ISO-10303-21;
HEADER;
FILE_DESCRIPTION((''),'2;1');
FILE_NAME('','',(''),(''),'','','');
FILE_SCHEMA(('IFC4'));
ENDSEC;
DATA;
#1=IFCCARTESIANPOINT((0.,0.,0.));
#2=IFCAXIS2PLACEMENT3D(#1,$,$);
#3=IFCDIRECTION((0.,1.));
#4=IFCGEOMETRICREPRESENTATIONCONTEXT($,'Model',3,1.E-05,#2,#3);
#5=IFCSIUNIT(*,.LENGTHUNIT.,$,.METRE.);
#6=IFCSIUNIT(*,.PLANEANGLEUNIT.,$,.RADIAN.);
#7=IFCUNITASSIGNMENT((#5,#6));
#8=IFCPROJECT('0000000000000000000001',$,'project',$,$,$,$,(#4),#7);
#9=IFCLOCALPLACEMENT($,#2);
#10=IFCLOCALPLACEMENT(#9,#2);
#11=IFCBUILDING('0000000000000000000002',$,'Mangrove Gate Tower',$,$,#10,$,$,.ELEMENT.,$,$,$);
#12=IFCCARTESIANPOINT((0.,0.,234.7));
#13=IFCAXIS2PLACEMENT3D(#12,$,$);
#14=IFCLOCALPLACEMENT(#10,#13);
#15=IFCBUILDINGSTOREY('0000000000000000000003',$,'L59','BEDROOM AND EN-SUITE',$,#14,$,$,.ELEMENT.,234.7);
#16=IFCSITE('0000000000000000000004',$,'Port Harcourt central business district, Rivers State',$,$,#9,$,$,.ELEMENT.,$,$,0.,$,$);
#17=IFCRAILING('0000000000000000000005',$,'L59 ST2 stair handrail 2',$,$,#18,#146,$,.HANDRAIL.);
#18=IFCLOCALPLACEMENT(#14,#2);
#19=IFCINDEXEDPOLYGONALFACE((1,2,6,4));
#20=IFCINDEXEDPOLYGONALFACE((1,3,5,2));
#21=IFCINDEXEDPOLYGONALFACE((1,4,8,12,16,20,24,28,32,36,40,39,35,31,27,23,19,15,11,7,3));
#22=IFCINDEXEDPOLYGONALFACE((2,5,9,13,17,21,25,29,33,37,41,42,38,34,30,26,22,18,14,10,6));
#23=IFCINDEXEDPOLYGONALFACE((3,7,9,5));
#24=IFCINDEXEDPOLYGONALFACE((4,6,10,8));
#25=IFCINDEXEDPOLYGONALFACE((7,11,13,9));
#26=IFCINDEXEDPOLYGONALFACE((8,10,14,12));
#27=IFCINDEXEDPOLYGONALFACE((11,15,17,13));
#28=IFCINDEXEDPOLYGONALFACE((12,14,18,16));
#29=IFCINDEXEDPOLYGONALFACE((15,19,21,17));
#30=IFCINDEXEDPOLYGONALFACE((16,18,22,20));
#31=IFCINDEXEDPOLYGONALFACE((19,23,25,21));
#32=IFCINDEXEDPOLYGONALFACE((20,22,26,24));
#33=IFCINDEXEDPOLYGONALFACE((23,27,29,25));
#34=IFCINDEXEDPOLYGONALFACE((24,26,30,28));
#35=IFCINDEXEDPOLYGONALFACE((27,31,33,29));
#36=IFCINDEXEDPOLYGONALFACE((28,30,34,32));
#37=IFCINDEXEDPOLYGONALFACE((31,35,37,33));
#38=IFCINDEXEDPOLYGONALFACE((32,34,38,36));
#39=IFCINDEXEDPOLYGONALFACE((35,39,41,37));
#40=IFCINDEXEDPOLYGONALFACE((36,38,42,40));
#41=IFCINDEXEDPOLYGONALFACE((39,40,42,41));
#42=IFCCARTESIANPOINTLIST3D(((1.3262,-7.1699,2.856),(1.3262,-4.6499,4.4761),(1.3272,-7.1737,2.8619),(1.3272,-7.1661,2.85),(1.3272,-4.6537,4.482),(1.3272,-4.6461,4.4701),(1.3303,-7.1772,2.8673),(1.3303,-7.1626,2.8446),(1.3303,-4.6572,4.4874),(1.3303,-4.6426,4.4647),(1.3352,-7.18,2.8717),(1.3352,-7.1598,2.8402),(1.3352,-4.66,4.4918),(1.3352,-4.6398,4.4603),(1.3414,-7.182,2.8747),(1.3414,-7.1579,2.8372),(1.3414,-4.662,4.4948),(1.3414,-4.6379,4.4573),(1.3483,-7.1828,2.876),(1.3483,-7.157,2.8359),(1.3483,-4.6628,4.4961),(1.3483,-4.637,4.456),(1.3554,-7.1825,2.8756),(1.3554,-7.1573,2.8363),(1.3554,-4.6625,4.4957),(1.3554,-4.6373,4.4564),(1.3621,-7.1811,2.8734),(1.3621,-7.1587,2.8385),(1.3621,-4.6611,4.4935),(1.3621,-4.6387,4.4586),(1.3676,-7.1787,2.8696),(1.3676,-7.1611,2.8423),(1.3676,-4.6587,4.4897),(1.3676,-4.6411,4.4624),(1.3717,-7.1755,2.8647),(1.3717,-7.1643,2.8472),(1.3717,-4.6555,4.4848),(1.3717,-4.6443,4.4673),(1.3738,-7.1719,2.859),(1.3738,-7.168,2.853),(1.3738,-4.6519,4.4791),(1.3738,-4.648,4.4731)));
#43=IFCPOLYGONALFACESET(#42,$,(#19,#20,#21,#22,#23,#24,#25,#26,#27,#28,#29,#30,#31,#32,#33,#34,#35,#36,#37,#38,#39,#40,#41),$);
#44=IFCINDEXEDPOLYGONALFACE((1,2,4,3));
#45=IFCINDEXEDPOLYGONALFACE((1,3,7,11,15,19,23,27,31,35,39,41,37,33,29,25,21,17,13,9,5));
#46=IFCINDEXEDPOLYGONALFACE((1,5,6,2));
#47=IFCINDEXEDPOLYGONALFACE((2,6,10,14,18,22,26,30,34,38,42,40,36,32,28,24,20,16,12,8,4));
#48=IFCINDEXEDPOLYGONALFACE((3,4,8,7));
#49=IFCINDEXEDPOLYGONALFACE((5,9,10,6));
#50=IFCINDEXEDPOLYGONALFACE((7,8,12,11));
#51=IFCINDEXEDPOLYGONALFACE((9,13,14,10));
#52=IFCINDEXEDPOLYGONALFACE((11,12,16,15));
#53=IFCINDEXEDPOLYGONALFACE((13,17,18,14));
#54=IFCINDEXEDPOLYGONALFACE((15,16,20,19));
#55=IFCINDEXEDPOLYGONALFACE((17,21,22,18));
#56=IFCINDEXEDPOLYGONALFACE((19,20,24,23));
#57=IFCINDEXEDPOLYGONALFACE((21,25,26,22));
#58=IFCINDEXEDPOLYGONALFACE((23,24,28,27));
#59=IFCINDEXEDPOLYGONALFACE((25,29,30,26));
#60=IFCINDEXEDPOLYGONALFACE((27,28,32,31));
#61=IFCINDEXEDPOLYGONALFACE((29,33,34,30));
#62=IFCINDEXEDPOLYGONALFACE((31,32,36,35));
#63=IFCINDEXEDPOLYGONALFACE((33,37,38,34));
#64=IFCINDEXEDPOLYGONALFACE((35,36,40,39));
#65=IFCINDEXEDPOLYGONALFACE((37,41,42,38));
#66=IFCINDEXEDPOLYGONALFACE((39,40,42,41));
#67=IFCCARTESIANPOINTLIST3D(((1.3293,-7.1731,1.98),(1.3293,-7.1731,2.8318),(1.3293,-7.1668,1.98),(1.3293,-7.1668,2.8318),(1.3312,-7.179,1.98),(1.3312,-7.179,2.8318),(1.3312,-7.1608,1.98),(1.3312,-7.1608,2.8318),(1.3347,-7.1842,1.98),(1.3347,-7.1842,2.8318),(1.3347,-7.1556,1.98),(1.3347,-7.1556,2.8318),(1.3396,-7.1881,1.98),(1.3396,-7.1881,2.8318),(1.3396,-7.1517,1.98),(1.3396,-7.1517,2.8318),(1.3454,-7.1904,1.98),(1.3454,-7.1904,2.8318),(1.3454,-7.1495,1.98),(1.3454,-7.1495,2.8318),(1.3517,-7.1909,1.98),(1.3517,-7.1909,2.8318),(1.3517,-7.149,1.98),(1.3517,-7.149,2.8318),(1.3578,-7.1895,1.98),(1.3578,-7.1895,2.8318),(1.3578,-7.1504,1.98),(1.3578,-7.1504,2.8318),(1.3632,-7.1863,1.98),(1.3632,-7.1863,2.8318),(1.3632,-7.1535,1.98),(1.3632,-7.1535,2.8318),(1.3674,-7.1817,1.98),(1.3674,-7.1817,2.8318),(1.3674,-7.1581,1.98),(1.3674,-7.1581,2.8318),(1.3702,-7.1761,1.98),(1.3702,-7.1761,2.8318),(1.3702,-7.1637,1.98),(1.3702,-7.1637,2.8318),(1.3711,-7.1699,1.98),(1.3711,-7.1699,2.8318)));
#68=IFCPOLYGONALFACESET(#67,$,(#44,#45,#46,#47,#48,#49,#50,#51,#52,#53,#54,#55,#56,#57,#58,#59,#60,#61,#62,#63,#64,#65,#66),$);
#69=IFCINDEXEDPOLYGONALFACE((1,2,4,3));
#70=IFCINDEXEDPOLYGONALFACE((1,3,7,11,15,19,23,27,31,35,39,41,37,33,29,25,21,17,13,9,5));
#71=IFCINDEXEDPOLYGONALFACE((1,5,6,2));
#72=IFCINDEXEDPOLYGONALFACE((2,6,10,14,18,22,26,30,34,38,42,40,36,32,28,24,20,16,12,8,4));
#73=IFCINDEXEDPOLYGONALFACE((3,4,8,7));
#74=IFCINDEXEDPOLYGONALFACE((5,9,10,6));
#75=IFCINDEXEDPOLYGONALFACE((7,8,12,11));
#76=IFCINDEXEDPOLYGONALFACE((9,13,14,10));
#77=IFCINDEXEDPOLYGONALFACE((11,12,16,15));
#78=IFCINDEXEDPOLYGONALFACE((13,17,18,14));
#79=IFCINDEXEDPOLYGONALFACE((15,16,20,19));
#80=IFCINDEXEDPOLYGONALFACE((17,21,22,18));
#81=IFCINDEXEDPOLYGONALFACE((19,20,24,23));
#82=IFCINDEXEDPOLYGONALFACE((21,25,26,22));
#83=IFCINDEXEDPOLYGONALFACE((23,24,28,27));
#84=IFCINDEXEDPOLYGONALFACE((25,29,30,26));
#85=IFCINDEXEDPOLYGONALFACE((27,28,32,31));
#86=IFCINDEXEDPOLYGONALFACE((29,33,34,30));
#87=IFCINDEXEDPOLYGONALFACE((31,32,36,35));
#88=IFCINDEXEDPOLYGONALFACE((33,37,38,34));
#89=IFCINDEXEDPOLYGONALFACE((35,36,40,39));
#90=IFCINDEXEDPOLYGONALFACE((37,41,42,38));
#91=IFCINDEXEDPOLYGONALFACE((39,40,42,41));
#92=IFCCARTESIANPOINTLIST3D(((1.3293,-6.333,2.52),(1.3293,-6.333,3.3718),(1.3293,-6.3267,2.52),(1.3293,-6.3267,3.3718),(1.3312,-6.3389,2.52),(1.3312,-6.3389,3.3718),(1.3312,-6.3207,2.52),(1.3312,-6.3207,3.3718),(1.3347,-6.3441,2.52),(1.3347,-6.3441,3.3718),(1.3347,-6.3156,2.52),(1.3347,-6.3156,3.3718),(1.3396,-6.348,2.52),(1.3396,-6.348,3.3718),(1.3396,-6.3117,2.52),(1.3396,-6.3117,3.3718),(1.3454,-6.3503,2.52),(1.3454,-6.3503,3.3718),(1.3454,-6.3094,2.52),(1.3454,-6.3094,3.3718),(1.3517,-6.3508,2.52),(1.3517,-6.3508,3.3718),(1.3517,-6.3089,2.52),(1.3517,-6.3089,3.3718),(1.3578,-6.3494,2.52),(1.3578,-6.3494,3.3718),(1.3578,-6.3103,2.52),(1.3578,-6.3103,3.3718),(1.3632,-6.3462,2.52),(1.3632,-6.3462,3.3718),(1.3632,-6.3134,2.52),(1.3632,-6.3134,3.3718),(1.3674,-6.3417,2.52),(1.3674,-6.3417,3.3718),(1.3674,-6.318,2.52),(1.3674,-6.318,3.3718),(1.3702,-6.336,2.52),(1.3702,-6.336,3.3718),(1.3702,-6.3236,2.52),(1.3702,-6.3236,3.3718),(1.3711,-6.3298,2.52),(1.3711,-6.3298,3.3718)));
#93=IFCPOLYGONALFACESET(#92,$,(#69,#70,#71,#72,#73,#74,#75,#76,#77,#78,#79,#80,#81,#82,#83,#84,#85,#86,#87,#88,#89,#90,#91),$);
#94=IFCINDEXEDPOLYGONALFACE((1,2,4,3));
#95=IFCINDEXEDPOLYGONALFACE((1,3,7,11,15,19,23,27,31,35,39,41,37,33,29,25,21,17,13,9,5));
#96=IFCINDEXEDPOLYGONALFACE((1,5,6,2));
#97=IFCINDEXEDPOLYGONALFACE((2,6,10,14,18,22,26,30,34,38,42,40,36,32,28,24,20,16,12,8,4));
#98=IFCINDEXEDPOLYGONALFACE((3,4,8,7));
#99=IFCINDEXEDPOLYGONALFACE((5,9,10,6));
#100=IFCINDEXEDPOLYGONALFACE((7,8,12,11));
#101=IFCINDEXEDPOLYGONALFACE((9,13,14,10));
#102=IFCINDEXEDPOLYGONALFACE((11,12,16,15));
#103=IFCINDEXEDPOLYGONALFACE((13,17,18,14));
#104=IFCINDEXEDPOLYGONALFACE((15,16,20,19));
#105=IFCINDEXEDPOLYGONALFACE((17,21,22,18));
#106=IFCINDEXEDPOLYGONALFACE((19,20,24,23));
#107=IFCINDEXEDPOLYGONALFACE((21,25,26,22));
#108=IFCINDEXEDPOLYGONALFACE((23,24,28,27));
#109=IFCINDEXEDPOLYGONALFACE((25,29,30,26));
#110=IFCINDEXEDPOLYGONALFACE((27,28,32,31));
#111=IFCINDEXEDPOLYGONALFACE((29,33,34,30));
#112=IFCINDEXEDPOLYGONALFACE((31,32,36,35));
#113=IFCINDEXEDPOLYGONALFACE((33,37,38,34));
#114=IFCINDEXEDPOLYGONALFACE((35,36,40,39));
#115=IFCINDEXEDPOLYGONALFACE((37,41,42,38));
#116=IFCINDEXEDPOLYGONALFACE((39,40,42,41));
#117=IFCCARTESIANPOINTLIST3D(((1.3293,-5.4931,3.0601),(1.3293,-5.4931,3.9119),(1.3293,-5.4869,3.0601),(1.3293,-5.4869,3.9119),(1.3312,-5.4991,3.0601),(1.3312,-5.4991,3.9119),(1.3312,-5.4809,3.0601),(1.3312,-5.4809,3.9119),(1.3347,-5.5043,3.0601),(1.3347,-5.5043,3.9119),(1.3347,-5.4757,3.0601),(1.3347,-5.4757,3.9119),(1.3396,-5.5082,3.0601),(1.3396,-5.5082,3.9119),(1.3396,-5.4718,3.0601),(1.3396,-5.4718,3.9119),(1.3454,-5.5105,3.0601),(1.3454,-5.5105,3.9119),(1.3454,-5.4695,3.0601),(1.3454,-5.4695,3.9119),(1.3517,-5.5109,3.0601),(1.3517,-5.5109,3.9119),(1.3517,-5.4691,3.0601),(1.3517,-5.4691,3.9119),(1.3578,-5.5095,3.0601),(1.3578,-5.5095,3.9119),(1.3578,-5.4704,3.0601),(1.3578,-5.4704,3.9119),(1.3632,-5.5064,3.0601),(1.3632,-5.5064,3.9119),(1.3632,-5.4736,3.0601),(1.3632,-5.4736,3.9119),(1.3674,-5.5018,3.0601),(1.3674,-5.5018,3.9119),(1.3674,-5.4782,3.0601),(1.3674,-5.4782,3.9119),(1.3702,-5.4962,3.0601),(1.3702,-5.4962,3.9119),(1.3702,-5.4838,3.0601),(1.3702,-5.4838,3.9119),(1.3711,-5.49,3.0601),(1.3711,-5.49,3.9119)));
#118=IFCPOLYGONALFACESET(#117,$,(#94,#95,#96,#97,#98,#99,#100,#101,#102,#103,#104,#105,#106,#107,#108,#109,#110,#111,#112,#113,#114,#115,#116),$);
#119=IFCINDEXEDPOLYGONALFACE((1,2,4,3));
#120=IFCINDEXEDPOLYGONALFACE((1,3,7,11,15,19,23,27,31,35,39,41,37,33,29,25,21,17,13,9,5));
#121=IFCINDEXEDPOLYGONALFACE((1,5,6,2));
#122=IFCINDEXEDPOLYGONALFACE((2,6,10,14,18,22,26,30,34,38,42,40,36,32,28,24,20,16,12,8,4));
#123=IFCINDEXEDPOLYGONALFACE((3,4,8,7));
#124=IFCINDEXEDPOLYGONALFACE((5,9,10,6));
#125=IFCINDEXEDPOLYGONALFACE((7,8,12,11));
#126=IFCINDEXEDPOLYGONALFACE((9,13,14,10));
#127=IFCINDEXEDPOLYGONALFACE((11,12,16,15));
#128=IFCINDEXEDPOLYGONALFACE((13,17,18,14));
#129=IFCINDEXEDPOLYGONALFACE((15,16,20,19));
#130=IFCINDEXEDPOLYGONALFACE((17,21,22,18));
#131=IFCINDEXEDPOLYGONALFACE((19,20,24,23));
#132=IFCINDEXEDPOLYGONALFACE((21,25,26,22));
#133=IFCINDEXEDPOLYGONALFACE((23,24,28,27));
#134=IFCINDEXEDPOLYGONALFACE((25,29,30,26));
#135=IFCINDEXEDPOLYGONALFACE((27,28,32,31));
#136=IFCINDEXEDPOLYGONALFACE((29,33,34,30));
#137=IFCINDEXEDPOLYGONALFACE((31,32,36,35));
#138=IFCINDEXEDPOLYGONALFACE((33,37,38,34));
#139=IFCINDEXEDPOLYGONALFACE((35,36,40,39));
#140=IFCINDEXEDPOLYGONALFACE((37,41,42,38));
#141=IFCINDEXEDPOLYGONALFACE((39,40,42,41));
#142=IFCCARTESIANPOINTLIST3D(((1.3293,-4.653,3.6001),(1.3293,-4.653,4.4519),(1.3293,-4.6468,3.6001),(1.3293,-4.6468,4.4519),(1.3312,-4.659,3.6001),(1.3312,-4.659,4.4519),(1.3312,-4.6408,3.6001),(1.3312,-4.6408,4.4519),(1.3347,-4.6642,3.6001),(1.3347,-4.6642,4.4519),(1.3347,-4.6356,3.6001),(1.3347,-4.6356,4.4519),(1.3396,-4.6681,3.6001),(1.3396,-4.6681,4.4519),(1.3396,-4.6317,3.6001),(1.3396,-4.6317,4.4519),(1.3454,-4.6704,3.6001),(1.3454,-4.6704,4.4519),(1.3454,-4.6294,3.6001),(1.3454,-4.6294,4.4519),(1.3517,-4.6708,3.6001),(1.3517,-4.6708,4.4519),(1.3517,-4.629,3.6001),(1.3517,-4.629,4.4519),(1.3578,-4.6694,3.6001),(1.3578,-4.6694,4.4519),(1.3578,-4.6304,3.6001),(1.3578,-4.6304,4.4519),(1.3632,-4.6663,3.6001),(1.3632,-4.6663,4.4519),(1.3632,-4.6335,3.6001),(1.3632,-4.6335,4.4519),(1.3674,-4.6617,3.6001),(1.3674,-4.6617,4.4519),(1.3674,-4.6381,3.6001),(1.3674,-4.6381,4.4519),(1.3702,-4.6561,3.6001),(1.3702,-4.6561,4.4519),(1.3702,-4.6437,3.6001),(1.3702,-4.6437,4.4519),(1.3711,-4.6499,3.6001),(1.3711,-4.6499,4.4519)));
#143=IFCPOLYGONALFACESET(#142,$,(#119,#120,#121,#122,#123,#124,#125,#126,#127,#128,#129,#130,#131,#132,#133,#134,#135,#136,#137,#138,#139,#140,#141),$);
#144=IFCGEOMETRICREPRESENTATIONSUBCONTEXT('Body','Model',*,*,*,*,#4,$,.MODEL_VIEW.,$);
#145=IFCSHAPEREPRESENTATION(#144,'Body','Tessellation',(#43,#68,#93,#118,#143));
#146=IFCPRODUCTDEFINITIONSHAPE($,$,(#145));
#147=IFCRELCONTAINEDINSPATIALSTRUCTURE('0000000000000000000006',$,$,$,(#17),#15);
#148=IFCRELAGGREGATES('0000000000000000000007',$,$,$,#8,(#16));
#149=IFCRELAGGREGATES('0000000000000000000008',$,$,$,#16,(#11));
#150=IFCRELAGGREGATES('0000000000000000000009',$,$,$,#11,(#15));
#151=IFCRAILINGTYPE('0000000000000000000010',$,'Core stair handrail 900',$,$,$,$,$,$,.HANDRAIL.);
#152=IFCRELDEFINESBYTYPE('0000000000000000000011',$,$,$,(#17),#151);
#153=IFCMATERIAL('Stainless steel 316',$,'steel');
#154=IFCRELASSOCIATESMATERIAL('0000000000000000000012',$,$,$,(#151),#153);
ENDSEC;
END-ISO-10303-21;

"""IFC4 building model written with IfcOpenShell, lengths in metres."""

from ifc_helpers import new_model, si_unit, direction, frame, origin, origin_2d, place, context, subcontext, project, spatial, circle, extrude, material, type_object, element, save


model = new_model("IFC4")

# Units and contexts
model_context = context("Model", 3, precision=1e-05, world=origin(), true_north=direction((0.0, 1.0)))
body_context = subcontext(model_context, "Body", "Model", "MODEL_VIEW")
ifc_project = project(units=[si_unit("LENGTHUNIT", "METRE"), si_unit("PLANEANGLEUNIT", "RADIAN")], contexts=[model_context])

# Site, building, storey
site_placement = place(None, origin())
site = spatial("IfcSite", under=ifc_project, at=site_placement, Name="Port Harcourt central business district, Rivers State", CompositionType="ELEMENT", RefElevation=0.0)
building_placement = place(site_placement, origin())
building = spatial("IfcBuilding", under=site, at=building_placement, Name="Mangrove Gate Tower", CompositionType="ELEMENT")
storey_placement = place(building_placement, frame((0.0, 0.0, 234.7)))
storey = spatial("IfcBuildingStorey", under=building, at=storey_placement, Name="L59", Description="BEDROOM AND EN-SUITE", CompositionType="ELEMENT", Elevation=234.7)

# Railing
ifc_material_1 = material(Name="Stainless steel 316", Category="steel")
railing_type_1 = type_object("IfcRailingType", Name="Core stair handrail 900", PredefinedType="HANDRAIL", material=ifc_material_1)
railing_1_placement = place(storey_placement, frame((1.3501, -7.1699, 1.98)))
element("IfcRailing", 1, at=railing_1_placement, inside=storey, type_object=railing_type_1, Name="L59 ST2 stair handrail 2", PredefinedType="HANDRAIL", context=body_context, shape_type="SweptSolid", body=[
    extrude(circle(Radius=0.0239, at=origin_2d()), frame((0.0, 0.0, 0.876), z_axis=(0.0, 0.841163, 0.540782), x_axis=(-1.0, 0.0, 0.0)), (0.0, 0.0, 1.0), 2.9958),
    extrude(circle(Radius=0.021, at=origin_2d()), origin(), (0.0, 0.0, 1.0), 0.8518),
    extrude(circle(Radius=0.021, at=origin_2d()), frame((0.0, 0.8401, 0.54)), (0.0, 0.0, 1.0), 0.8518),
    extrude(circle(Radius=0.021, at=origin_2d()), frame((0.0, 1.6799, 1.0801)), (0.0, 0.0, 1.0), 0.8518),
    extrude(circle(Radius=0.021, at=origin_2d()), frame((0.0, 2.52, 1.6201)), (0.0, 0.0, 1.0), 0.8518),
])

save(model, "model.ifc")
